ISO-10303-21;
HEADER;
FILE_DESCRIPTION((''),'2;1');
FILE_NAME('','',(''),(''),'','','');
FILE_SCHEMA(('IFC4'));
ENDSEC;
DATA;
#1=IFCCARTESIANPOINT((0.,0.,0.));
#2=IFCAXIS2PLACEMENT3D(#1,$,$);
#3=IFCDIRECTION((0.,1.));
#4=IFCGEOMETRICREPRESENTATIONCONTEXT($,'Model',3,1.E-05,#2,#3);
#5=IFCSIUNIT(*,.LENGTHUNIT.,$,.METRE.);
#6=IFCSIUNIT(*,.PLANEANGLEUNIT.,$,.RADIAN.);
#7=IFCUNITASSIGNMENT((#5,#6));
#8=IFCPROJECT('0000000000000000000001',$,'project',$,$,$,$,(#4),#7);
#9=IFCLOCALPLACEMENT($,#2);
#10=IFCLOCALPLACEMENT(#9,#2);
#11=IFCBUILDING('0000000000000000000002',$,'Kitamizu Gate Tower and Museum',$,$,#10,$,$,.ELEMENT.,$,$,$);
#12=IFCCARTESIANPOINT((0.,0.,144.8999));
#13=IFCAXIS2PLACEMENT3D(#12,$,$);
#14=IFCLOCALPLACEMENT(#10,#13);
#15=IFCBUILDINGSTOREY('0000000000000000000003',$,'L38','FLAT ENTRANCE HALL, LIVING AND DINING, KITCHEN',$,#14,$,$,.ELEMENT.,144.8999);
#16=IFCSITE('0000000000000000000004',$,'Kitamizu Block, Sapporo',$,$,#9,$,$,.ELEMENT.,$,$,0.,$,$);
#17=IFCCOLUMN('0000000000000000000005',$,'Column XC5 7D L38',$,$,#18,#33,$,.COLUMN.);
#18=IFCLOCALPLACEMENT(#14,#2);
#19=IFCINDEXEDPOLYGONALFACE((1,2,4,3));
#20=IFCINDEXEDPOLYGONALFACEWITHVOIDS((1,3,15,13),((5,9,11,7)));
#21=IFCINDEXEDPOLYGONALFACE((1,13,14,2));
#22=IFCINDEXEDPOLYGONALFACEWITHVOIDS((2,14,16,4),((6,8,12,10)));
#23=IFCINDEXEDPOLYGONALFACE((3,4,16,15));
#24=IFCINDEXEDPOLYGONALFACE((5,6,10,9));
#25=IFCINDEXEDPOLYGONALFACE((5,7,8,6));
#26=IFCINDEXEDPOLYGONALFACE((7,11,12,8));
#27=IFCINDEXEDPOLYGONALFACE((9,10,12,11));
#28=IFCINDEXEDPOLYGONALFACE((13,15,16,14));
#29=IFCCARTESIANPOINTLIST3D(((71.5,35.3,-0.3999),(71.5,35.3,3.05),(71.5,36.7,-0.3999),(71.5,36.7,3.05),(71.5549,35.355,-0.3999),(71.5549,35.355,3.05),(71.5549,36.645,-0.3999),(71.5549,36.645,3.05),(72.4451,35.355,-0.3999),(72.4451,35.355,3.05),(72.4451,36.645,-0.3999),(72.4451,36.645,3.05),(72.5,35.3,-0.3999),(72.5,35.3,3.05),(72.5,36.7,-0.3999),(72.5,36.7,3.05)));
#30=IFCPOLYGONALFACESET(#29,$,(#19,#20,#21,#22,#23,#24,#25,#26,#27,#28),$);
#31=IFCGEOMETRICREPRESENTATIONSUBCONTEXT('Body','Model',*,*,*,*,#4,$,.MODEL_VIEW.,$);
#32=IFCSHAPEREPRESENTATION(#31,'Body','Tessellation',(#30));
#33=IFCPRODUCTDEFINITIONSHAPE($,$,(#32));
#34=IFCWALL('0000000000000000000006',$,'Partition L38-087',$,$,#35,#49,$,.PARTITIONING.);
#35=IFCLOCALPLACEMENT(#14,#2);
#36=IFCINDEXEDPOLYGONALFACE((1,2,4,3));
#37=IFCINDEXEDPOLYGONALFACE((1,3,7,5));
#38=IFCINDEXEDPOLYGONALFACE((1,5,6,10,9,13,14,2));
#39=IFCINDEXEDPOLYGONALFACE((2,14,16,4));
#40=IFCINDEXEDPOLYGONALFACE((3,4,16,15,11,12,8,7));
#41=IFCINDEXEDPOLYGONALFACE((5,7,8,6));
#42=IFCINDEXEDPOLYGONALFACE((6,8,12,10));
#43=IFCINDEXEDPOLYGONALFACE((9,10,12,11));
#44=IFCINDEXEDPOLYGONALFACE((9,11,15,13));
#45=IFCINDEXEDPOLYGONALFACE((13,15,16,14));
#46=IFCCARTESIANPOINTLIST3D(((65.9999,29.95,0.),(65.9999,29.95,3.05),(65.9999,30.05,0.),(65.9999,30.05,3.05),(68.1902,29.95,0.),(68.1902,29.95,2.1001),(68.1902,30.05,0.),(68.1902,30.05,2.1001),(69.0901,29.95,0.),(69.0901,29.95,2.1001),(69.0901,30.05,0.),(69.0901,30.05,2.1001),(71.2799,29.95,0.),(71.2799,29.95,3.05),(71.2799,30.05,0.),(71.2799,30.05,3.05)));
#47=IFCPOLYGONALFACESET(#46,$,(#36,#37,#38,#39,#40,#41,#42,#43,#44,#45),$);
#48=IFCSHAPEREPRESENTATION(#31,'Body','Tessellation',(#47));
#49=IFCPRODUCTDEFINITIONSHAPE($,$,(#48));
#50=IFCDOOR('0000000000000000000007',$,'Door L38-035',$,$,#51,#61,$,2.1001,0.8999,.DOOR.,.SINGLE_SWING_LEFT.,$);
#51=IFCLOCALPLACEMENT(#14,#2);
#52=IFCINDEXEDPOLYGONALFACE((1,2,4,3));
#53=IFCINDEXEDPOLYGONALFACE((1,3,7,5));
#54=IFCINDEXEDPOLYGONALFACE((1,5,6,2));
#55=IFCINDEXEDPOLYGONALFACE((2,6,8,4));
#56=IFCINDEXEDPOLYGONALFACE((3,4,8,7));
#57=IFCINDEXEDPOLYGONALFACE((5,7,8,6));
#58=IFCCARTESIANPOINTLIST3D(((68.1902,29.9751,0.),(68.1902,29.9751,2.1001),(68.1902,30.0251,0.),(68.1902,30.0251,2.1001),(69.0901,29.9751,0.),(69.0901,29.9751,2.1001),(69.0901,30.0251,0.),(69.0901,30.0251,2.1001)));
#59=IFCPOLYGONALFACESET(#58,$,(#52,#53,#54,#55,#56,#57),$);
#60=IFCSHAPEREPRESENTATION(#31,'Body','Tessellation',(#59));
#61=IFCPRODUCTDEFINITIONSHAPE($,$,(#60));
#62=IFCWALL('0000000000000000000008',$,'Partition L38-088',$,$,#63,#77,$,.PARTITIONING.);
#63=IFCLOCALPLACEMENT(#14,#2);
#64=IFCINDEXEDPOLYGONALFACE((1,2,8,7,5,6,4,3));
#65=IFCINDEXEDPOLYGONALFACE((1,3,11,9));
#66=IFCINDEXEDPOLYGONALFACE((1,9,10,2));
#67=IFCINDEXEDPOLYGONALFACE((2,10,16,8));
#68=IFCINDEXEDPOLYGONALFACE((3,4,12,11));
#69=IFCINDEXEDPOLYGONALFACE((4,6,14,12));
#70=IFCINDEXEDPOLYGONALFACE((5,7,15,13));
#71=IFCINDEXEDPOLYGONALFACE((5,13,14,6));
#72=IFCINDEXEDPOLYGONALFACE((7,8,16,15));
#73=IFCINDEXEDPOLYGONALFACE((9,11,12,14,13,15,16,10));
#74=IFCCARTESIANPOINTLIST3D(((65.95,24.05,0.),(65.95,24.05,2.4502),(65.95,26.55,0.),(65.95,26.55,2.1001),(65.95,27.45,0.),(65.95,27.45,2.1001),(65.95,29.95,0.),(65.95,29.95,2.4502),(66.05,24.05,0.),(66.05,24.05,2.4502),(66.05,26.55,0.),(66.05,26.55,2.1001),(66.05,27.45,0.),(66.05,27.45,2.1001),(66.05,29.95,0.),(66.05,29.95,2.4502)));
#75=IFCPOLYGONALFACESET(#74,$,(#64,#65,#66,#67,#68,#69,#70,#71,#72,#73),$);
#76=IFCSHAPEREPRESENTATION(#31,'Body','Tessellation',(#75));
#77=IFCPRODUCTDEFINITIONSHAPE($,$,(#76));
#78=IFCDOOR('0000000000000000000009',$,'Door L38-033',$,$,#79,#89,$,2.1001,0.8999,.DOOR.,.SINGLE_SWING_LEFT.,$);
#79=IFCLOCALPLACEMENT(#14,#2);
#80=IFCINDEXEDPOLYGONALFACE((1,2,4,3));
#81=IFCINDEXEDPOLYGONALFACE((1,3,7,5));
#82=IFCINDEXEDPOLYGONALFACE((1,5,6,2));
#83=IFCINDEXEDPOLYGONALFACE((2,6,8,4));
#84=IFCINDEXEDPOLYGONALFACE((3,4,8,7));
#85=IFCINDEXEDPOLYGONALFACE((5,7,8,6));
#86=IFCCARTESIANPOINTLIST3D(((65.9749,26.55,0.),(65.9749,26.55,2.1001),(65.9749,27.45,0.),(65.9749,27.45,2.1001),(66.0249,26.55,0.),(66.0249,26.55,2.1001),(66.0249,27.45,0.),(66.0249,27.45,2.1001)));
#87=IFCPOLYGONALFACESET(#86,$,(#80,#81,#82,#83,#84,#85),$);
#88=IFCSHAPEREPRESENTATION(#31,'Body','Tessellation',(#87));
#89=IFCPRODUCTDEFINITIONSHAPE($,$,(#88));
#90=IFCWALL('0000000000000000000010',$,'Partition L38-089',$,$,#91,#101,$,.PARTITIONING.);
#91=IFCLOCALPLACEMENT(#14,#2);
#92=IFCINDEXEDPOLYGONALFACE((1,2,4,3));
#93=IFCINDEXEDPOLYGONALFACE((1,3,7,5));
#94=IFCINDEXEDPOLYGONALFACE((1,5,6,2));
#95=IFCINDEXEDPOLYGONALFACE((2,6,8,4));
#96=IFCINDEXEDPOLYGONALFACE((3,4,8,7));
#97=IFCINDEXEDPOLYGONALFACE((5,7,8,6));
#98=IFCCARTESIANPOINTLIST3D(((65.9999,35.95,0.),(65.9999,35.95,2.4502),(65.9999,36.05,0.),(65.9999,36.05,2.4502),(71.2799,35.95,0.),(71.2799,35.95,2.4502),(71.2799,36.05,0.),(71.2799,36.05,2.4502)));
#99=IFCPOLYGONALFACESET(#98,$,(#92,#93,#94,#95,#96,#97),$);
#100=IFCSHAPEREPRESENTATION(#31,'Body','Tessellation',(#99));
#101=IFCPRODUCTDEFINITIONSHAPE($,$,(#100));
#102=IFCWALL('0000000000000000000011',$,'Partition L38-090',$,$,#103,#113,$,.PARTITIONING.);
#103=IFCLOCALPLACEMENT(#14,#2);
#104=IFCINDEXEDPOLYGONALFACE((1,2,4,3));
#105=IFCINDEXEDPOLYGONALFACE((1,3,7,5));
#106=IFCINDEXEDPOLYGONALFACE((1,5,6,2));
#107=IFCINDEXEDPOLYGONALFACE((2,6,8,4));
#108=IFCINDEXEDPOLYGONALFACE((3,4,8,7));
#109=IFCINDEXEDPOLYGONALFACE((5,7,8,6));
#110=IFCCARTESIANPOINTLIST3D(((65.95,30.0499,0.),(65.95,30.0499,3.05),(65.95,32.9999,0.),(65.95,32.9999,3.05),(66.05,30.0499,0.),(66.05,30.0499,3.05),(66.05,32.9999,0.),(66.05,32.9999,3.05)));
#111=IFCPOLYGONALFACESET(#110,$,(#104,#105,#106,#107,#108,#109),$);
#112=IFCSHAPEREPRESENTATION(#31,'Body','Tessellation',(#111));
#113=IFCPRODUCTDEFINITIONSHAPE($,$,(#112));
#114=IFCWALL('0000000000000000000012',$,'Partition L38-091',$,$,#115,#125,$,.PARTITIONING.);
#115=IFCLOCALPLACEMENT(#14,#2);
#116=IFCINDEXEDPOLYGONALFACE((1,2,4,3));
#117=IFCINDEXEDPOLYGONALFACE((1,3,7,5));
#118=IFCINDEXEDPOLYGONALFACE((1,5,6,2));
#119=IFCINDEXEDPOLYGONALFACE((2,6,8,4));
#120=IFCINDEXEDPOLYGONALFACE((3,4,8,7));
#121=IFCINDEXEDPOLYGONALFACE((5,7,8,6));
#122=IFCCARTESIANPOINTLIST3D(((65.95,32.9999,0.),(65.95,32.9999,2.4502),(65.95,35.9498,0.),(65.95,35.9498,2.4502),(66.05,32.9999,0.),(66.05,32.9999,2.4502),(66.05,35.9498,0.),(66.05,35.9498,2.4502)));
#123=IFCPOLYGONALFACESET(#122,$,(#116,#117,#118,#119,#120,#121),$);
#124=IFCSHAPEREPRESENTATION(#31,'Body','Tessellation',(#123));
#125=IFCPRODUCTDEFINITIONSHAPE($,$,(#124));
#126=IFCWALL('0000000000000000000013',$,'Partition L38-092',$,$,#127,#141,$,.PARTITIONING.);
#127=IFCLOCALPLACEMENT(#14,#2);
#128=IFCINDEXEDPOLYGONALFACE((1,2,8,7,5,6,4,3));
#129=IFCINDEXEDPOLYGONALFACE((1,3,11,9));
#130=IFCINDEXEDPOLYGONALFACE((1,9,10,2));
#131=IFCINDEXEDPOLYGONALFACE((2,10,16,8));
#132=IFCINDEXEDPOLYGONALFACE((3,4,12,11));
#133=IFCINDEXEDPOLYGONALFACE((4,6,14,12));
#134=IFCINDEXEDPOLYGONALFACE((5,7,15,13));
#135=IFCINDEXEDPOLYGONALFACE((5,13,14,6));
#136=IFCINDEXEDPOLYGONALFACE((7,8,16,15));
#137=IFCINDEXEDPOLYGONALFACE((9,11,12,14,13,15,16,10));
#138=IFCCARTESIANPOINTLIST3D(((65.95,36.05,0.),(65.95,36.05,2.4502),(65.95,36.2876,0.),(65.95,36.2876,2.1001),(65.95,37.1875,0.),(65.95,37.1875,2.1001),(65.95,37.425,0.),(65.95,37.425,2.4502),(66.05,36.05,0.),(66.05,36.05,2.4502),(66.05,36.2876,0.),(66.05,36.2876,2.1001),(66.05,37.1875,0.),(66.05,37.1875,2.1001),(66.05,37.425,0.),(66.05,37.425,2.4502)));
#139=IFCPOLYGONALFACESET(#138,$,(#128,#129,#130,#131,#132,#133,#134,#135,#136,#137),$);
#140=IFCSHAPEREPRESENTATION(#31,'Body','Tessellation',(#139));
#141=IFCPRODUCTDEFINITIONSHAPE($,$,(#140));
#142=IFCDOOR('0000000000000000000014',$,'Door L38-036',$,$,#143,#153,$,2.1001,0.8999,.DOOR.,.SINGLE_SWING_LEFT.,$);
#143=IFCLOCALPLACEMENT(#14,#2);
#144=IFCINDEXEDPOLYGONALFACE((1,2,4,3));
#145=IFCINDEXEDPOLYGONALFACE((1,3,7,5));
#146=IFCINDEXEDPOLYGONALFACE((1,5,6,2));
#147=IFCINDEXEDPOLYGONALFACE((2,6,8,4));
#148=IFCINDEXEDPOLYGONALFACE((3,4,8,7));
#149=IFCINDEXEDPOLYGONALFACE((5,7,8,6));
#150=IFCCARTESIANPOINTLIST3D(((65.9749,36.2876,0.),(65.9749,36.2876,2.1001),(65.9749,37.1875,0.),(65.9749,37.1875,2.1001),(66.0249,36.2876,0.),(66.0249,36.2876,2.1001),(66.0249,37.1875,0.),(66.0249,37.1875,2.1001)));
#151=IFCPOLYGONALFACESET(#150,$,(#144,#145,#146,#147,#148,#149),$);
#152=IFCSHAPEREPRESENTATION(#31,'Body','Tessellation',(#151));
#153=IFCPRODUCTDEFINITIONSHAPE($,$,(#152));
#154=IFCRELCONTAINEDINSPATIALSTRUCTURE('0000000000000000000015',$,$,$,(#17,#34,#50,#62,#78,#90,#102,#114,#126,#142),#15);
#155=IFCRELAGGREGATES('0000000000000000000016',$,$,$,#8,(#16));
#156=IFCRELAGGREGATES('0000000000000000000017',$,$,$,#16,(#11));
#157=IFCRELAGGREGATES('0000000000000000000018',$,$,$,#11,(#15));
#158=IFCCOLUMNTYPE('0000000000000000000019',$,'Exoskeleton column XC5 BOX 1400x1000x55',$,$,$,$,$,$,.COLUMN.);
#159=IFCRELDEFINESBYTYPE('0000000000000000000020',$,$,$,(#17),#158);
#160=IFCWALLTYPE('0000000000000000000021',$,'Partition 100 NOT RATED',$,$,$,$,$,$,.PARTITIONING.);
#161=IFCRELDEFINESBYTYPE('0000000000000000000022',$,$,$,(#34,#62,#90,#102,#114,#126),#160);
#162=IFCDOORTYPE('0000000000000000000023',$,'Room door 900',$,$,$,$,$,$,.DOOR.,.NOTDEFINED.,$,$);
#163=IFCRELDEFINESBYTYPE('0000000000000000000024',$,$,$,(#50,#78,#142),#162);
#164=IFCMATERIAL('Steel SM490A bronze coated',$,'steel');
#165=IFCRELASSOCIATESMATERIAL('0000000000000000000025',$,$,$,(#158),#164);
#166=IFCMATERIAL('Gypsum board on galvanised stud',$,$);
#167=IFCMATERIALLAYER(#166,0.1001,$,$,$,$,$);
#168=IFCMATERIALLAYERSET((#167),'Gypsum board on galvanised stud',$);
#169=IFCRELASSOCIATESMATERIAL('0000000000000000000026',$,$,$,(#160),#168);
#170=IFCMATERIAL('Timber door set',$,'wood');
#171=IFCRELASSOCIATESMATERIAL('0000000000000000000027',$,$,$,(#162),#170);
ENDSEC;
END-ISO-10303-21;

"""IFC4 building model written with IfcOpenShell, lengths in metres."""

from ifc_helpers import new_model, si_unit, direction, frame, frame_2d, origin, origin_2d, place, context, subcontext, project, spatial, rectangle, hollow_rectangle, extrude, material, layer, layer_set, material_profile, profile_set, type_object, element, fill, save


model = new_model("IFC4")

# Units and contexts
model_context = context("Model", 3, precision=1e-05, world=origin(), true_north=direction((0.0, 1.0)))
body_context = subcontext(model_context, "Body", "Model", "MODEL_VIEW")
ifc_project = project(units=[si_unit("LENGTHUNIT", "METRE"), si_unit("PLANEANGLEUNIT", "RADIAN")], contexts=[model_context])

# Site, building, storey
site_placement = place(None, origin())
site = spatial("IfcSite", under=ifc_project, at=site_placement, Name="Kitamizu Block, Sapporo", CompositionType="ELEMENT", RefElevation=0.0)
building_placement = place(site_placement, origin())
building = spatial("IfcBuilding", under=site, at=building_placement, Name="Kitamizu Gate Tower and Museum", CompositionType="ELEMENT")
storey_placement = place(building_placement, frame((0.0, 0.0, 144.8999)))
storey = spatial("IfcBuildingStorey", under=building, at=storey_placement, Name="L38", Description="FLAT ENTRANCE HALL, LIVING AND DINING, KITCHEN", CompositionType="ELEMENT", Elevation=144.8999)

# Column
ifc_material_1 = material(Name="Steel SM490A bronze coated", Category="steel")
ifc_material_profile = material_profile(ifc_material_1, hollow_rectangle(XDim=1.3999, YDim=1.0, WallThickness=0.0549, at=origin_2d()), Name="BOX 1400x1000x55")
ifc_profile_set = profile_set([ifc_material_profile], Name="Steel SM490A bronze coated")
column_type = type_object("IfcColumnType", Name="Exoskeleton column XC5 BOX 1400x1000x55", PredefinedType="COLUMN", material=ifc_profile_set)
column_placement = place(storey_placement, frame((72.0, 36.0, -0.3999), z_axis=(0.0, 0.0, 1.0), x_axis=(0.0, 1.0, 0.0)))
element("IfcColumn", 1, at=column_placement, inside=storey, type_object=column_type, Name="Column XC5 7D L38", PredefinedType="COLUMN", context=body_context, shape_type="SweptSolid", body=[
    extrude(hollow_rectangle(XDim=1.3999, YDim=1.0, WallThickness=0.0549, at=origin_2d()), origin(), (0.0, 0.0, 1.0), 3.45),
])

# Walls, openings, doors
ifc_material_2 = material(Name="Gypsum board on galvanised stud")
ifc_layer_1 = layer(ifc_material_2, 0.1001)
ifc_layer_set_1 = layer_set([ifc_layer_1], Name="Gypsum board on galvanised stud")
wall_type_1 = type_object("IfcWallType", Name="Partition 100 NOT RATED", PredefinedType="PARTITIONING", material=ifc_layer_set_1)
wall_1_placement = place(storey_placement, frame((71.28, 30.0, 0.0), z_axis=(0.0, 0.0, 1.0), x_axis=(-1.0, 0.0, 0.0)))
wall_1 = element("IfcWall", 2, at=wall_1_placement, inside=storey, type_object=wall_type_1, Name="Partition L38-087", PredefinedType="PARTITIONING", context=body_context, shape_type="SweptSolid", body=[
    extrude(rectangle(XDim=5.28, YDim=0.1001, at=frame_2d((2.6401, 0.0))), origin(), (0.0, 0.0, 1.0), 3.05),
])
opening_1_placement = place(wall_1_placement, frame((2.1899, 0.0, 0.0)))
opening_1 = element("IfcOpeningElement", 3, at=opening_1_placement, cuts=wall_1, PredefinedType="OPENING", context=body_context, shape_type="SweptSolid", body=[
    extrude(rectangle(XDim=0.8999, YDim=2.1001, at=frame_2d((0.45, 1.05))), frame((0.0, 0.0601, 0.0), z_axis=(0.0, -1.0, 0.0), x_axis=(1.0, 0.0, 0.0)), (0.0, 0.0, 1.0), 0.1201),
])
ifc_material_3 = material(Name="Timber door set", Category="wood")
door_type_1 = type_object("IfcDoorType", Name="Room door 900", OperationType="NOTDEFINED", PredefinedType="DOOR", material=ifc_material_3)
door_1_placement = place(opening_1_placement, origin())
door_1 = element("IfcDoor", 4, at=door_1_placement, inside=storey, type_object=door_type_1, Name="Door L38-035", OperationType="SINGLE_SWING_LEFT", OverallHeight=2.1001, OverallWidth=0.8999, PredefinedType="DOOR", context=body_context, shape_type="SweptSolid", body=[
    extrude(rectangle(XDim=0.8999, YDim=2.1001, at=frame_2d((0.45, 1.05))), frame((0.0, 0.0249, 0.0), z_axis=(0.0, -1.0, 0.0), x_axis=(1.0, 0.0, 0.0)), (0.0, 0.0, 1.0), 0.05),
])
fill(opening_1, door_1)
wall_2_placement = place(storey_placement, frame((66.0, 29.95, 0.0), z_axis=(0.0, 0.0, 1.0), x_axis=(0.0, -1.0, 0.0)))
wall_2 = element("IfcWall", 5, at=wall_2_placement, inside=storey, type_object=wall_type_1, Name="Partition L38-088", PredefinedType="PARTITIONING", context=body_context, shape_type="SweptSolid", body=[
    extrude(rectangle(XDim=5.8999, YDim=0.1001, at=frame_2d((2.95, 0.0))), origin(), (0.0, 0.0, 1.0), 2.4502),
])
opening_2_placement = place(wall_2_placement, frame((2.5, 0.0, 0.0)))
opening_2 = element("IfcOpeningElement", 6, at=opening_2_placement, cuts=wall_2, PredefinedType="OPENING", context=body_context, shape_type="SweptSolid", body=[
    extrude(rectangle(XDim=0.8999, YDim=2.1001, at=frame_2d((0.45, 1.05))), frame((0.0, 0.0601, 0.0), z_axis=(0.0, -1.0, 0.0), x_axis=(1.0, 0.0, 0.0)), (0.0, 0.0, 1.0), 0.1201),
])
door_2_placement = place(opening_2_placement, origin())
door_2 = element("IfcDoor", 7, at=door_2_placement, inside=storey, type_object=door_type_1, Name="Door L38-033", OperationType="SINGLE_SWING_LEFT", OverallHeight=2.1001, OverallWidth=0.8999, PredefinedType="DOOR", context=body_context, shape_type="SweptSolid", body=[
    extrude(rectangle(XDim=0.8999, YDim=2.1001, at=frame_2d((0.45, 1.05))), frame((0.0, 0.0249, 0.0), z_axis=(0.0, -1.0, 0.0), x_axis=(1.0, 0.0, 0.0)), (0.0, 0.0, 1.0), 0.05),
])
fill(opening_2, door_2)

# Walls
wall_3_placement = place(storey_placement, frame((71.28, 36.0, 0.0), z_axis=(0.0, 0.0, 1.0), x_axis=(-1.0, 0.0, 0.0)))
element("IfcWall", 8, at=wall_3_placement, inside=storey, type_object=wall_type_1, Name="Partition L38-089", PredefinedType="PARTITIONING", context=body_context, shape_type="SweptSolid", body=[
    extrude(rectangle(XDim=5.28, YDim=0.1001, at=frame_2d((2.6401, 0.0))), origin(), (0.0, 0.0, 1.0), 2.4502),
])
wall_4_placement = place(storey_placement, frame((66.0, 33.0, 0.0), z_axis=(0.0, 0.0, 1.0), x_axis=(0.0, -1.0, 0.0)))
element("IfcWall", 9, at=wall_4_placement, inside=storey, type_object=wall_type_1, Name="Partition L38-090", PredefinedType="PARTITIONING", context=body_context, shape_type="SweptSolid", body=[
    extrude(rectangle(XDim=2.95, YDim=0.1001, at=frame_2d((1.4751, 0.0))), origin(), (0.0, 0.0, 1.0), 3.05),
])
wall_5_placement = place(storey_placement, frame((66.0, 35.95, 0.0), z_axis=(0.0, 0.0, 1.0), x_axis=(0.0, -1.0, 0.0)))
element("IfcWall", 10, at=wall_5_placement, inside=storey, type_object=wall_type_1, Name="Partition L38-091", PredefinedType="PARTITIONING", context=body_context, shape_type="SweptSolid", body=[
    extrude(rectangle(XDim=2.95, YDim=0.1001, at=frame_2d((1.4751, 0.0))), origin(), (0.0, 0.0, 1.0), 2.4502),
])

# Wall, opening, door
wall_6_placement = place(storey_placement, frame((66.0, 37.425, 0.0), z_axis=(0.0, 0.0, 1.0), x_axis=(0.0, -1.0, 0.0)))
wall_6 = element("IfcWall", 11, at=wall_6_placement, inside=storey, type_object=wall_type_1, Name="Partition L38-092", PredefinedType="PARTITIONING", context=body_context, shape_type="SweptSolid", body=[
    extrude(rectangle(XDim=1.375, YDim=0.1001, at=frame_2d((0.6875, 0.0))), origin(), (0.0, 0.0, 1.0), 2.4502),
])
opening_3_placement = place(wall_6_placement, frame((0.2375, 0.0, 0.0)))
opening_3 = element("IfcOpeningElement", 12, at=opening_3_placement, cuts=wall_6, PredefinedType="OPENING", context=body_context, shape_type="SweptSolid", body=[
    extrude(rectangle(XDim=0.8999, YDim=2.1001, at=frame_2d((0.45, 1.05))), frame((0.0, 0.0601, 0.0), z_axis=(0.0, -1.0, 0.0), x_axis=(1.0, 0.0, 0.0)), (0.0, 0.0, 1.0), 0.1201),
])
door_3_placement = place(opening_3_placement, origin())
door_3 = element("IfcDoor", 13, at=door_3_placement, inside=storey, type_object=door_type_1, Name="Door L38-036", OperationType="SINGLE_SWING_LEFT", OverallHeight=2.1001, OverallWidth=0.8999, PredefinedType="DOOR", context=body_context, shape_type="SweptSolid", body=[
    extrude(rectangle(XDim=0.8999, YDim=2.1001, at=frame_2d((0.45, 1.05))), frame((0.0, 0.0249, 0.0), z_axis=(0.0, -1.0, 0.0), x_axis=(1.0, 0.0, 0.0)), (0.0, 0.0, 1.0), 0.05),
])
fill(opening_3, door_3)

save(model, "model.ifc")
